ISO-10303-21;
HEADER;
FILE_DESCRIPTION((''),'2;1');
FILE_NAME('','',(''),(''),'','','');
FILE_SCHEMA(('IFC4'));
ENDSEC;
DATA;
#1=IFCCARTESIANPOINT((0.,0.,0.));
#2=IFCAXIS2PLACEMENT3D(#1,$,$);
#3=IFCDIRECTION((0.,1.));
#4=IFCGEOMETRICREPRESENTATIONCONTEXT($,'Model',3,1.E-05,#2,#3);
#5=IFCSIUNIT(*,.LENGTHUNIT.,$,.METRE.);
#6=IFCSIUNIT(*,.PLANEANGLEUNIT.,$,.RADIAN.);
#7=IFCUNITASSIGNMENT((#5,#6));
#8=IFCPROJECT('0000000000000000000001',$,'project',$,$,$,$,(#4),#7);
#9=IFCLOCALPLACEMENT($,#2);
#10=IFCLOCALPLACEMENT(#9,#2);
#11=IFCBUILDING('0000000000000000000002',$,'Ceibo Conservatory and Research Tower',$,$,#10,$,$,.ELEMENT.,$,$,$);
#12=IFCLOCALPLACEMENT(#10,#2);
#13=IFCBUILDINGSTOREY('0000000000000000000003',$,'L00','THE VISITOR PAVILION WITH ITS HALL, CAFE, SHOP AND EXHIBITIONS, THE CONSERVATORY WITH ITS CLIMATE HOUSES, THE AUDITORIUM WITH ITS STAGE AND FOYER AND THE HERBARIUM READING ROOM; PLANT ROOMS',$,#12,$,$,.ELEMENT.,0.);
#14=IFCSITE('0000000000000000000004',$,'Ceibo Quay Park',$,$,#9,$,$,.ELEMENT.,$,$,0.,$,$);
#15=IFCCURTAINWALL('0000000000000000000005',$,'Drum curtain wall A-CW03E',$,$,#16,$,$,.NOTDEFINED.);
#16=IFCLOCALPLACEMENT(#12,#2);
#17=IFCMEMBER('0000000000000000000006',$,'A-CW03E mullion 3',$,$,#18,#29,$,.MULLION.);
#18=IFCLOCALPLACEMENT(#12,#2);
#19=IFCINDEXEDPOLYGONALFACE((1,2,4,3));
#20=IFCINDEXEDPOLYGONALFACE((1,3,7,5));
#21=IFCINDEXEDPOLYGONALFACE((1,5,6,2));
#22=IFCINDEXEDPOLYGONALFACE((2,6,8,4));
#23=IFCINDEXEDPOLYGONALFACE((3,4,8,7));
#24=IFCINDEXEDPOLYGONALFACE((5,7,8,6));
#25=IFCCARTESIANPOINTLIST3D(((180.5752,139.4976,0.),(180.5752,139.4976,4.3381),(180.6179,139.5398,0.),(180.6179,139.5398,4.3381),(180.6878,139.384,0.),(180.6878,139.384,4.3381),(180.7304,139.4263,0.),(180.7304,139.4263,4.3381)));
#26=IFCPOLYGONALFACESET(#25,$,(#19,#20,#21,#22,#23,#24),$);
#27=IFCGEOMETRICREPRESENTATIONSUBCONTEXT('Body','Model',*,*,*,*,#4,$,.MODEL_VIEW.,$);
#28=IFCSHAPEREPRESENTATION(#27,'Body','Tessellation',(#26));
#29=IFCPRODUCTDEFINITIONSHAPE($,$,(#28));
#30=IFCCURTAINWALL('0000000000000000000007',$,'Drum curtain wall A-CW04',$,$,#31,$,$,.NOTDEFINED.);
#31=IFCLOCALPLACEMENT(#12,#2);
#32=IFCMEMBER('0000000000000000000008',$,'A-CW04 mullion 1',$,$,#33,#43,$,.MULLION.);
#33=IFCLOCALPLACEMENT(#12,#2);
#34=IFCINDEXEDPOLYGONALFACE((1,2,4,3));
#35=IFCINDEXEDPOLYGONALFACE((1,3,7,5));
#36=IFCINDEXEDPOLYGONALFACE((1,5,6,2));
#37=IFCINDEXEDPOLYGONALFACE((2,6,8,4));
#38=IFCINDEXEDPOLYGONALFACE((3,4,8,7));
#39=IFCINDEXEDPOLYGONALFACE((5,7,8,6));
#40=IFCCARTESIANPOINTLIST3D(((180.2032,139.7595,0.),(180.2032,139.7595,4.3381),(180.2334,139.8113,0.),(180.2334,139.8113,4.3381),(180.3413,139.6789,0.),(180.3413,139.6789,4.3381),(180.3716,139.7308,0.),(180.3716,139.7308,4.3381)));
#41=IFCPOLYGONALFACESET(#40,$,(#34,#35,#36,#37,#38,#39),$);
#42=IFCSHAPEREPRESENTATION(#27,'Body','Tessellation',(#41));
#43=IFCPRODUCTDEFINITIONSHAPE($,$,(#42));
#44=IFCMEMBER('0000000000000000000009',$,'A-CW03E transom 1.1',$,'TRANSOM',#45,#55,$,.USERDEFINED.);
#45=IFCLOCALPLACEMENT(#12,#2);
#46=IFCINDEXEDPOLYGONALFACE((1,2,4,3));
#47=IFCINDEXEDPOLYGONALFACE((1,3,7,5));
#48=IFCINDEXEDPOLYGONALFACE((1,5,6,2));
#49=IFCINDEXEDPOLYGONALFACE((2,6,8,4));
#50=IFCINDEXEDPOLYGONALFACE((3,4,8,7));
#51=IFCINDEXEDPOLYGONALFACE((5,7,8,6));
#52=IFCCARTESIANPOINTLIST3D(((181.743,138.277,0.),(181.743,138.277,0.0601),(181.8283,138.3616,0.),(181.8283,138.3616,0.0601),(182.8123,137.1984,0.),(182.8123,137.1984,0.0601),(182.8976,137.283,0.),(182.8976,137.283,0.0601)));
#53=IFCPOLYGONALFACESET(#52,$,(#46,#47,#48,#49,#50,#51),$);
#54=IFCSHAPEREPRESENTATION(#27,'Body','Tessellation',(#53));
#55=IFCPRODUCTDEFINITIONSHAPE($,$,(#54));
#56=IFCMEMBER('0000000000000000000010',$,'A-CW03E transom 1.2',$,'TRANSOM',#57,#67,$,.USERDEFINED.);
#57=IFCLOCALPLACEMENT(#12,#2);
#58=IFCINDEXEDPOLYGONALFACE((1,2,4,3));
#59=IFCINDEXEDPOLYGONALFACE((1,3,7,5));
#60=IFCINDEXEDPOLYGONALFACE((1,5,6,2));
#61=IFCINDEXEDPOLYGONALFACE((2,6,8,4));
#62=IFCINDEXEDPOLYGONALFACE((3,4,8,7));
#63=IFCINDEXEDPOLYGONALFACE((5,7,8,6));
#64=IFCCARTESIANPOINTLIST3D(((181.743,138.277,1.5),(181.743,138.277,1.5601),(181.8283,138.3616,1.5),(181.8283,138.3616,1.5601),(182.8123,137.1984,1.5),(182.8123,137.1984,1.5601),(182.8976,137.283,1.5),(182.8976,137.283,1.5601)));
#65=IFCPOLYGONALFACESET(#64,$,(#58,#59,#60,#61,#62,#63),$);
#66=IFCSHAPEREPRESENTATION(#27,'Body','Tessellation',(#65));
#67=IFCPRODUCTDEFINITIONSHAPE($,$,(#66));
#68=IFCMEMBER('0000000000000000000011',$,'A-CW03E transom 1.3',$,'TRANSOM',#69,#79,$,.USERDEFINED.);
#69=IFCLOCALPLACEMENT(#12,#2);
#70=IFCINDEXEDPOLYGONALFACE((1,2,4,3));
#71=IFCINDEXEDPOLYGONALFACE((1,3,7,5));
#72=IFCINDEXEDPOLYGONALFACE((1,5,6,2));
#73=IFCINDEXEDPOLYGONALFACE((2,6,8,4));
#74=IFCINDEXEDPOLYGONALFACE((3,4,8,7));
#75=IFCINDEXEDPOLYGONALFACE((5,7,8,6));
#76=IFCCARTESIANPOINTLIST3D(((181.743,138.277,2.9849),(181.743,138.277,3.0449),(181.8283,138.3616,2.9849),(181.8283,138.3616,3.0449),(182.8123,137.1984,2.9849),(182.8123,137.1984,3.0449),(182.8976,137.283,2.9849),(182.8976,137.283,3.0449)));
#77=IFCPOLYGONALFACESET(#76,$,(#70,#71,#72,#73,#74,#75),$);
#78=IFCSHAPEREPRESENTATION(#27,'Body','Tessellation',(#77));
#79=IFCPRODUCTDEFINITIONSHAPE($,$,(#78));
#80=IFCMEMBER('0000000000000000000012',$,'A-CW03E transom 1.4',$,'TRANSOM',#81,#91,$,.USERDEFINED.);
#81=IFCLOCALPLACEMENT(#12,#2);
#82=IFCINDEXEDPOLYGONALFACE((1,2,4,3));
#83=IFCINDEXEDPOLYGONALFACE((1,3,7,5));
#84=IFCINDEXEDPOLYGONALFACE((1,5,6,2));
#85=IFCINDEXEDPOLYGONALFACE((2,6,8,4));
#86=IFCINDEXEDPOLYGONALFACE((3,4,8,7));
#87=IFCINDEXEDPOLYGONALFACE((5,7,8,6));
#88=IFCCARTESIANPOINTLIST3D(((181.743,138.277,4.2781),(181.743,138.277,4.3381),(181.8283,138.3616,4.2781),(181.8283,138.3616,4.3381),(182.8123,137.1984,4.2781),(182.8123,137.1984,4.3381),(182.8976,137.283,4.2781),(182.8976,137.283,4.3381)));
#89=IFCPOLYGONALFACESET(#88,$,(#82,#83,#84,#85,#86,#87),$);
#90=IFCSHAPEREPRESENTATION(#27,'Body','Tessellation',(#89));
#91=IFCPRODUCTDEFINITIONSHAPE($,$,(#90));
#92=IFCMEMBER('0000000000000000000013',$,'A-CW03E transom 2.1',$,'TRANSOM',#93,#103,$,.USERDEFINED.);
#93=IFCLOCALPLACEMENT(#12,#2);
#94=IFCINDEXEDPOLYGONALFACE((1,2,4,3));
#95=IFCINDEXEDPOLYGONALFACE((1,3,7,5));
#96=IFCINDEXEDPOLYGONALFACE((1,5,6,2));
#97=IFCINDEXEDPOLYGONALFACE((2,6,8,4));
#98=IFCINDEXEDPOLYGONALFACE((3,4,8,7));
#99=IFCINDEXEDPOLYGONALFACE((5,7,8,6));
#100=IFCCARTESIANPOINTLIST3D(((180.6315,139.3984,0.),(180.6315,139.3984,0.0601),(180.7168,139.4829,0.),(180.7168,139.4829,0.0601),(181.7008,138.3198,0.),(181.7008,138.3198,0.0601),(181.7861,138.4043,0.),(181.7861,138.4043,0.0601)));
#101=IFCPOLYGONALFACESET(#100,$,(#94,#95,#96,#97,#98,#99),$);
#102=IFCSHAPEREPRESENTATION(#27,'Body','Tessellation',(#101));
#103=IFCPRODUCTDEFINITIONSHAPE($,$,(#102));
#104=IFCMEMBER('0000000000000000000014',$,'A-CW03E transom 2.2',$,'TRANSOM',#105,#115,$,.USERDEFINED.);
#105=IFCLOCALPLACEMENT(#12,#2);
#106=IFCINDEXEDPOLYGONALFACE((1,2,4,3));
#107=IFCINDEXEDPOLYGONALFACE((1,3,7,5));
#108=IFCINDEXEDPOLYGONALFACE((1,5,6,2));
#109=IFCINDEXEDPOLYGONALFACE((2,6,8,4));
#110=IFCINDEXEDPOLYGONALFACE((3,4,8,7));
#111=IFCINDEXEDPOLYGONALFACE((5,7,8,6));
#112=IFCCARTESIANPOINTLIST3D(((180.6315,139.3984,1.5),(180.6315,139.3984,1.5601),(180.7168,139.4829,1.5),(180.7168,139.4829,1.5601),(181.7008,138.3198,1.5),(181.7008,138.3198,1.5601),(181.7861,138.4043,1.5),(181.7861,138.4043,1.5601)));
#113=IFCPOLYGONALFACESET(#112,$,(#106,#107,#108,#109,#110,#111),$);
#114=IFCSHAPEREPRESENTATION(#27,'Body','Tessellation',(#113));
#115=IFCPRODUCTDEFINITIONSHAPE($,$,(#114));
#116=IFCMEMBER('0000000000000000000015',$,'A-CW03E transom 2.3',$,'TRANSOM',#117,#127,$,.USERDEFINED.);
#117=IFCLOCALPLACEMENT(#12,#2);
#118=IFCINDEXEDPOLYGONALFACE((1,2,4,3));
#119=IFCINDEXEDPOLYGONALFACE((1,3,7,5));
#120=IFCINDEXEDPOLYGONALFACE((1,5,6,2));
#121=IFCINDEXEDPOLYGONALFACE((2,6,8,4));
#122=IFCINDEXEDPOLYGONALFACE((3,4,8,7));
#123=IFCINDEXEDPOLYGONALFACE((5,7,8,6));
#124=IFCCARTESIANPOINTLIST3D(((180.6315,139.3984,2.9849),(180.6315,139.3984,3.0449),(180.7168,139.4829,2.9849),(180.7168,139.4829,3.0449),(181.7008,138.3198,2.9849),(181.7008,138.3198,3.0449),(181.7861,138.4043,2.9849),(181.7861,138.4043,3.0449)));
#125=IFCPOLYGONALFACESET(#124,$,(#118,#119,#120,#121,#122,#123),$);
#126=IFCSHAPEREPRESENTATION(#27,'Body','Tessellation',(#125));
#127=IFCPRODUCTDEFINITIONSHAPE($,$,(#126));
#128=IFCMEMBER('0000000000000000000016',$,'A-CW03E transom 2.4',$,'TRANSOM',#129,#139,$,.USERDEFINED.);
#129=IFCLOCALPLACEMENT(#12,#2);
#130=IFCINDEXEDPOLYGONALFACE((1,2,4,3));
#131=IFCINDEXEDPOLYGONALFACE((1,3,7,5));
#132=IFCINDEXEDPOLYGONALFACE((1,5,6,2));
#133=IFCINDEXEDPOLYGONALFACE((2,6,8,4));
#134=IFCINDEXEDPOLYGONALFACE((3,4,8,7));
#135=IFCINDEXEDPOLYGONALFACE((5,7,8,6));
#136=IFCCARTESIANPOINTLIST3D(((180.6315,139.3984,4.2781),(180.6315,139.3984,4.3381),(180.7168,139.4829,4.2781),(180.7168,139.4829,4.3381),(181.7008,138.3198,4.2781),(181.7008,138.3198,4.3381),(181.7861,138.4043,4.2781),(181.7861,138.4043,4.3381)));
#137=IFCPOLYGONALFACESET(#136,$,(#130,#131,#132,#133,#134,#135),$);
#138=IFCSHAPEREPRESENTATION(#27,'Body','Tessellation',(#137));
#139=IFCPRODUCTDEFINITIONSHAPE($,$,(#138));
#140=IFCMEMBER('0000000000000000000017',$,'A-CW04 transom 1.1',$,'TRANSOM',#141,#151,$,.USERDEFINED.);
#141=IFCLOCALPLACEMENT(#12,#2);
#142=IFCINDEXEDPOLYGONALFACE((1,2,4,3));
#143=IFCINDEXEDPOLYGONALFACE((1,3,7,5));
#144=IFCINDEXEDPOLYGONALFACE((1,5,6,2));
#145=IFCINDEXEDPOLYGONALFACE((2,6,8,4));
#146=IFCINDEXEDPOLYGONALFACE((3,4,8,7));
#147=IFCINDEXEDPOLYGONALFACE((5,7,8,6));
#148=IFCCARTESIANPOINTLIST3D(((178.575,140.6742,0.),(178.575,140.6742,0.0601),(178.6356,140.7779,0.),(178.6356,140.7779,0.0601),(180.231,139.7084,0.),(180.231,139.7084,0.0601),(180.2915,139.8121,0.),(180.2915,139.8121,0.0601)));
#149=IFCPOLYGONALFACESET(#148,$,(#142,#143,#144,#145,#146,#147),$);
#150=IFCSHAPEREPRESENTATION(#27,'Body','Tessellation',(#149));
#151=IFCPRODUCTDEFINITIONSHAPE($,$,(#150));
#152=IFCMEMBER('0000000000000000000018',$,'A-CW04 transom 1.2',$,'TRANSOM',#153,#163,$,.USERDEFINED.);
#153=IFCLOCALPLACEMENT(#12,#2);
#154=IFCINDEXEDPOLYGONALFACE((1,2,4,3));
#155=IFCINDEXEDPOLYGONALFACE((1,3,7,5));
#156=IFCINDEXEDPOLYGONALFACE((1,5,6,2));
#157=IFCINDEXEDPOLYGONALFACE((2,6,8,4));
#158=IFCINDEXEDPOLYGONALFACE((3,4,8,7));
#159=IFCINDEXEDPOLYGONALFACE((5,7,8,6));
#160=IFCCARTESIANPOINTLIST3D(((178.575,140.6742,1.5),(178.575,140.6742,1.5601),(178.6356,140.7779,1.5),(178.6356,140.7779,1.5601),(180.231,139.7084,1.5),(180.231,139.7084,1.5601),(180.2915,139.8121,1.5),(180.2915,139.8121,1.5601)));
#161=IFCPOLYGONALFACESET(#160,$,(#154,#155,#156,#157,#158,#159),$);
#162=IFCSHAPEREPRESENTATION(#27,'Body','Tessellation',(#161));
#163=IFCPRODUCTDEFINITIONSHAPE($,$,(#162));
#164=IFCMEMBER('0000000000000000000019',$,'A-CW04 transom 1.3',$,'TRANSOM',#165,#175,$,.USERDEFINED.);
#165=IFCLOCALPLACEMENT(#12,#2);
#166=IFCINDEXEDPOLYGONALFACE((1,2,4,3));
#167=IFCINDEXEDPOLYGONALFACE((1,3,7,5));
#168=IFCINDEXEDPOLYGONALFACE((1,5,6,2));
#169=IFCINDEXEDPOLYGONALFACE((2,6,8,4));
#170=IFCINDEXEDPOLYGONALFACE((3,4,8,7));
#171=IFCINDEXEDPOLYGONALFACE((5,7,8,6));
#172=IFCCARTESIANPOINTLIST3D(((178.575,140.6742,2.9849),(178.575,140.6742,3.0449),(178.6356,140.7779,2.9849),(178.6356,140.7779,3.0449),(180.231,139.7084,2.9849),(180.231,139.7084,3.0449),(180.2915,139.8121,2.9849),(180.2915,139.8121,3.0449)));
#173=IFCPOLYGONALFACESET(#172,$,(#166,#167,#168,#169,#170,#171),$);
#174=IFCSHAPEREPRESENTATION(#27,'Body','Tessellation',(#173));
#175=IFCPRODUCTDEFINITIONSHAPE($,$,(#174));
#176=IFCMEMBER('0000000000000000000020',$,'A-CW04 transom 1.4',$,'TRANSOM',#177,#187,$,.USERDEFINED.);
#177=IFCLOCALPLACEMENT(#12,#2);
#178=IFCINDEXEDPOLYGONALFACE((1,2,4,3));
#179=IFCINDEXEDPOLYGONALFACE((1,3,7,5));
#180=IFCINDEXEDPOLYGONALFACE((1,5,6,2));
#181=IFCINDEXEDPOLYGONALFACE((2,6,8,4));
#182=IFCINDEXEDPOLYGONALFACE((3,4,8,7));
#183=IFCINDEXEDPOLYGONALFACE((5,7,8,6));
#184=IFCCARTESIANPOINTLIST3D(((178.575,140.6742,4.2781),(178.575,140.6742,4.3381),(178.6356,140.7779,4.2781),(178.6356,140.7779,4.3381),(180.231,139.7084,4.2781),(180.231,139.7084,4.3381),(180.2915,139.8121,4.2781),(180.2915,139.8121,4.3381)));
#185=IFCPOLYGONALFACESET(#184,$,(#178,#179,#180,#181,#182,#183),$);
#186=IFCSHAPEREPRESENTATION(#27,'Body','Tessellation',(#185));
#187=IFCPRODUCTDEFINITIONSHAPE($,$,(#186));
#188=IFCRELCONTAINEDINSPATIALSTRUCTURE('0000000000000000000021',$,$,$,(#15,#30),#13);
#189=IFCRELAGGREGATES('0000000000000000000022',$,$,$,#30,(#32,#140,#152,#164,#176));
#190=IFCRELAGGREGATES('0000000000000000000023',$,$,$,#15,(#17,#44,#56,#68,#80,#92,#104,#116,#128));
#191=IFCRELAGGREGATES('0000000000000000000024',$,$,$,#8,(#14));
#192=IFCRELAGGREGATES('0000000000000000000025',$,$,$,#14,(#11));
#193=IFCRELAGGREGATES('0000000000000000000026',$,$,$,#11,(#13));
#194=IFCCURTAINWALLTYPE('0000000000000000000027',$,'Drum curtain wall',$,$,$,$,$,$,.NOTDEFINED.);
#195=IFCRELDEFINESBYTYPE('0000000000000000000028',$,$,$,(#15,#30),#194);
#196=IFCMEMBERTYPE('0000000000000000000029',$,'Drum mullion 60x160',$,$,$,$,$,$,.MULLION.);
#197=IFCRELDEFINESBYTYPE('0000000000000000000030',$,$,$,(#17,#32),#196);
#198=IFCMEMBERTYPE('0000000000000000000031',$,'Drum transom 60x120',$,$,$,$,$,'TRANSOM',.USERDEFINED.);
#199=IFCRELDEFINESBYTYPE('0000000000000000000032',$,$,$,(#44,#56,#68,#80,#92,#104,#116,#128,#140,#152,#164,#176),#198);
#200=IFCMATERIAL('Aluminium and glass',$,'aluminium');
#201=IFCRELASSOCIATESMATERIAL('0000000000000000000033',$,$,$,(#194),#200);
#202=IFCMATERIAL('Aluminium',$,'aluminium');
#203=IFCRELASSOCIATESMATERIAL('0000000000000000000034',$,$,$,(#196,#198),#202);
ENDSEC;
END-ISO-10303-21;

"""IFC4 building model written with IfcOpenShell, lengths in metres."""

from ifc_helpers import new_model, si_unit, direction, frame, origin, origin_2d, place, context, subcontext, project, spatial, rectangle, extrude, material, material_profile, profile_set, type_object, element, aggregate, save


model = new_model("IFC4")

# Units and contexts
model_context = context("Model", 3, precision=1e-05, world=origin(), true_north=direction((0.0, 1.0)))
body_context = subcontext(model_context, "Body", "Model", "MODEL_VIEW")
ifc_project = project(units=[si_unit("LENGTHUNIT", "METRE"), si_unit("PLANEANGLEUNIT", "RADIAN")], contexts=[model_context])

# Site, building, storey
site_placement = place(None, origin())
site = spatial("IfcSite", under=ifc_project, at=site_placement, Name="Ceibo Quay Park", CompositionType="ELEMENT", RefElevation=0.0)
building_placement = place(site_placement, origin())
building = spatial("IfcBuilding", under=site, at=building_placement, Name="Ceibo Conservatory and Research Tower", CompositionType="ELEMENT")
storey_placement = place(building_placement, origin())
storey = spatial("IfcBuildingStorey", under=building, at=storey_placement, Name="L00", Description="THE VISITOR PAVILION WITH ITS HALL, CAFE, SHOP AND EXHIBITIONS, THE CONSERVATORY WITH ITS CLIMATE HOUSES, THE AUDITORIUM WITH ITS STAGE AND FOYER AND THE HERBARIUM READING ROOM; PLANT ROOMS", CompositionType="ELEMENT", Elevation=0.0)

# Curtain wall, member
ifc_material_1 = material(Name="Aluminium and glass", Category="aluminium")
curtain_wall_type = type_object("IfcCurtainWallType", Name="Drum curtain wall", PredefinedType="NOTDEFINED", material=ifc_material_1)
curtain_wall_1_placement = place(storey_placement, origin())
curtain_wall_1 = element("IfcCurtainWall", 1, at=curtain_wall_1_placement, inside=storey, type_object=curtain_wall_type, Name="Drum curtain wall A-CW03E", PredefinedType="NOTDEFINED")
ifc_material_2 = material(Name="Aluminium", Category="aluminium")
ifc_material_profile_1 = material_profile(ifc_material_2, rectangle(XDim=0.0601, YDim=0.1599, at=origin_2d()), Name="AL 60x160")
ifc_profile_set_1 = profile_set([ifc_material_profile_1], Name="Aluminium")
member_type_1 = type_object("IfcMemberType", Name="Drum mullion 60x160", PredefinedType="MULLION", material=ifc_profile_set_1)
member_1_placement = place(storey_placement, frame((180.6528, 139.4619, 0.0), z_axis=(0.0, 0.0, 1.0), x_axis=(-0.710185, -0.704015, 0.0)))
member_1 = element("IfcMember", 2, at=member_1_placement, type_object=member_type_1, Name="A-CW03E mullion 3", PredefinedType="MULLION", context=body_context, shape_type="SweptSolid", body=[
    extrude(rectangle(XDim=0.0601, YDim=0.1599, at=origin_2d()), origin(), (0.0, 0.0, 1.0), 4.3381),
])

# Curtain wall, member
curtain_wall_2_placement = place(storey_placement, origin())
curtain_wall_2 = element("IfcCurtainWall", 3, at=curtain_wall_2_placement, inside=storey, type_object=curtain_wall_type, Name="Drum curtain wall A-CW04", PredefinedType="NOTDEFINED")
member_2_placement = place(storey_placement, frame((180.2874, 139.7451, 0.0), z_axis=(0.0, 0.0, 1.0), x_axis=(-0.503774, -0.863836, 0.0)))
member_2 = element("IfcMember", 4, at=member_2_placement, type_object=member_type_1, Name="A-CW04 mullion 1", PredefinedType="MULLION", context=body_context, shape_type="SweptSolid", body=[
    extrude(rectangle(XDim=0.0601, YDim=0.1599, at=origin_2d()), origin(), (0.0, 0.0, 1.0), 4.3381),
])

# Members
ifc_material_profile_2 = material_profile(ifc_material_2, rectangle(XDim=0.1201, YDim=0.0601, at=origin_2d()), Name="AL 60x120")
ifc_profile_set_2 = profile_set([ifc_material_profile_2], Name="Aluminium")
member_type_2 = type_object("IfcMemberType", Name="Drum transom 60x120", ElementType="TRANSOM", PredefinedType="USERDEFINED", material=ifc_profile_set_2)
member_3_placement = place(storey_placement, frame((182.855, 137.2407, 0.03), z_axis=(-0.704046, 0.710154, 0.0), x_axis=(-0.710154, -0.704046, 0.0)))
member_3 = element("IfcMember", 5, at=member_3_placement, type_object=member_type_2, Name="A-CW03E transom 1.1", ObjectType="TRANSOM", PredefinedType="USERDEFINED", context=body_context, shape_type="SweptSolid", body=[
    extrude(rectangle(XDim=0.1201, YDim=0.0601, at=origin_2d()), origin(), (0.0, 0.0, 1.0), 1.5188),
])
member_4_placement = place(storey_placement, frame((182.855, 137.2407, 1.53), z_axis=(-0.704046, 0.710154, 0.0), x_axis=(-0.710154, -0.704046, 0.0)))
member_4 = element("IfcMember", 6, at=member_4_placement, type_object=member_type_2, Name="A-CW03E transom 1.2", ObjectType="TRANSOM", PredefinedType="USERDEFINED", context=body_context, shape_type="SweptSolid", body=[
    extrude(rectangle(XDim=0.1201, YDim=0.0601, at=origin_2d()), origin(), (0.0, 0.0, 1.0), 1.5188),
])
member_5_placement = place(storey_placement, frame((182.855, 137.2407, 3.0149), z_axis=(-0.704046, 0.710154, 0.0), x_axis=(-0.710154, -0.704046, 0.0)))
member_5 = element("IfcMember", 7, at=member_5_placement, type_object=member_type_2, Name="A-CW03E transom 1.3", ObjectType="TRANSOM", PredefinedType="USERDEFINED", context=body_context, shape_type="SweptSolid", body=[
    extrude(rectangle(XDim=0.1201, YDim=0.0601, at=origin_2d()), origin(), (0.0, 0.0, 1.0), 1.5188),
])
member_6_placement = place(storey_placement, frame((182.855, 137.2407, 4.3081), z_axis=(-0.704046, 0.710154, 0.0), x_axis=(-0.710154, -0.704046, 0.0)))
member_6 = element("IfcMember", 8, at=member_6_placement, type_object=member_type_2, Name="A-CW03E transom 1.4", ObjectType="TRANSOM", PredefinedType="USERDEFINED", context=body_context, shape_type="SweptSolid", body=[
    extrude(rectangle(XDim=0.1201, YDim=0.0601, at=origin_2d()), origin(), (0.0, 0.0, 1.0), 1.5188),
])
member_7_placement = place(storey_placement, frame((181.7434, 138.3621, 0.03), z_axis=(-0.704046, 0.710154, 0.0), x_axis=(-0.710154, -0.704046, 0.0)))
member_7 = element("IfcMember", 9, at=member_7_placement, type_object=member_type_2, Name="A-CW03E transom 2.1", ObjectType="TRANSOM", PredefinedType="USERDEFINED", context=body_context, shape_type="SweptSolid", body=[
    extrude(rectangle(XDim=0.1201, YDim=0.0601, at=origin_2d()), origin(), (0.0, 0.0, 1.0), 1.5188),
])
member_8_placement = place(storey_placement, frame((181.7434, 138.3621, 1.53), z_axis=(-0.704046, 0.710154, 0.0), x_axis=(-0.710154, -0.704046, 0.0)))
member_8 = element("IfcMember", 10, at=member_8_placement, type_object=member_type_2, Name="A-CW03E transom 2.2", ObjectType="TRANSOM", PredefinedType="USERDEFINED", context=body_context, shape_type="SweptSolid", body=[
    extrude(rectangle(XDim=0.1201, YDim=0.0601, at=origin_2d()), origin(), (0.0, 0.0, 1.0), 1.5188),
])
member_9_placement = place(storey_placement, frame((181.7434, 138.3621, 3.0149), z_axis=(-0.704046, 0.710154, 0.0), x_axis=(-0.710154, -0.704046, 0.0)))
member_9 = element("IfcMember", 11, at=member_9_placement, type_object=member_type_2, Name="A-CW03E transom 2.3", ObjectType="TRANSOM", PredefinedType="USERDEFINED", context=body_context, shape_type="SweptSolid", body=[
    extrude(rectangle(XDim=0.1201, YDim=0.0601, at=origin_2d()), origin(), (0.0, 0.0, 1.0), 1.5188),
])
member_10_placement = place(storey_placement, frame((181.7434, 138.3621, 4.3081), z_axis=(-0.704046, 0.710154, 0.0), x_axis=(-0.710154, -0.704046, 0.0)))
member_10 = element("IfcMember", 12, at=member_10_placement, type_object=member_type_2, Name="A-CW03E transom 2.4", ObjectType="TRANSOM", PredefinedType="USERDEFINED", context=body_context, shape_type="SweptSolid", body=[
    extrude(rectangle(XDim=0.1201, YDim=0.0601, at=origin_2d()), origin(), (0.0, 0.0, 1.0), 1.5188),
])
member_11_placement = place(storey_placement, frame((180.2612, 139.7603, 0.03), z_axis=(-0.86382, 0.5038, 0.0), x_axis=(-0.5038, -0.86382, 0.0)))
member_11 = element("IfcMember", 13, at=member_11_placement, type_object=member_type_2, Name="A-CW04 transom 1.1", ObjectType="TRANSOM", PredefinedType="USERDEFINED", context=body_context, shape_type="SweptSolid", body=[
    extrude(rectangle(XDim=0.1201, YDim=0.0601, at=origin_2d()), origin(), (0.0, 0.0, 1.0), 1.917),
])
member_12_placement = place(storey_placement, frame((180.2612, 139.7603, 1.53), z_axis=(-0.86382, 0.5038, 0.0), x_axis=(-0.5038, -0.86382, 0.0)))
member_12 = element("IfcMember", 14, at=member_12_placement, type_object=member_type_2, Name="A-CW04 transom 1.2", ObjectType="TRANSOM", PredefinedType="USERDEFINED", context=body_context, shape_type="SweptSolid", body=[
    extrude(rectangle(XDim=0.1201, YDim=0.0601, at=origin_2d()), origin(), (0.0, 0.0, 1.0), 1.917),
])
member_13_placement = place(storey_placement, frame((180.2612, 139.7603, 3.0149), z_axis=(-0.86382, 0.5038, 0.0), x_axis=(-0.5038, -0.86382, 0.0)))
member_13 = element("IfcMember", 15, at=member_13_placement, type_object=member_type_2, Name="A-CW04 transom 1.3", ObjectType="TRANSOM", PredefinedType="USERDEFINED", context=body_context, shape_type="SweptSolid", body=[
    extrude(rectangle(XDim=0.1201, YDim=0.0601, at=origin_2d()), origin(), (0.0, 0.0, 1.0), 1.917),
])
member_14_placement = place(storey_placement, frame((180.2612, 139.7603, 4.3081), z_axis=(-0.86382, 0.5038, 0.0), x_axis=(-0.5038, -0.86382, 0.0)))
member_14 = element("IfcMember", 16, at=member_14_placement, type_object=member_type_2, Name="A-CW04 transom 1.4", ObjectType="TRANSOM", PredefinedType="USERDEFINED", context=body_context, shape_type="SweptSolid", body=[
    extrude(rectangle(XDim=0.1201, YDim=0.0601, at=origin_2d()), origin(), (0.0, 0.0, 1.0), 1.917),
])
aggregate(curtain_wall_2, [member_2, member_11, member_12, member_13, member_14])

aggregate(curtain_wall_1, [member_1, member_3, member_4, member_5, member_6, member_7, member_8, member_9, member_10])

save(model, "model.ifc")
